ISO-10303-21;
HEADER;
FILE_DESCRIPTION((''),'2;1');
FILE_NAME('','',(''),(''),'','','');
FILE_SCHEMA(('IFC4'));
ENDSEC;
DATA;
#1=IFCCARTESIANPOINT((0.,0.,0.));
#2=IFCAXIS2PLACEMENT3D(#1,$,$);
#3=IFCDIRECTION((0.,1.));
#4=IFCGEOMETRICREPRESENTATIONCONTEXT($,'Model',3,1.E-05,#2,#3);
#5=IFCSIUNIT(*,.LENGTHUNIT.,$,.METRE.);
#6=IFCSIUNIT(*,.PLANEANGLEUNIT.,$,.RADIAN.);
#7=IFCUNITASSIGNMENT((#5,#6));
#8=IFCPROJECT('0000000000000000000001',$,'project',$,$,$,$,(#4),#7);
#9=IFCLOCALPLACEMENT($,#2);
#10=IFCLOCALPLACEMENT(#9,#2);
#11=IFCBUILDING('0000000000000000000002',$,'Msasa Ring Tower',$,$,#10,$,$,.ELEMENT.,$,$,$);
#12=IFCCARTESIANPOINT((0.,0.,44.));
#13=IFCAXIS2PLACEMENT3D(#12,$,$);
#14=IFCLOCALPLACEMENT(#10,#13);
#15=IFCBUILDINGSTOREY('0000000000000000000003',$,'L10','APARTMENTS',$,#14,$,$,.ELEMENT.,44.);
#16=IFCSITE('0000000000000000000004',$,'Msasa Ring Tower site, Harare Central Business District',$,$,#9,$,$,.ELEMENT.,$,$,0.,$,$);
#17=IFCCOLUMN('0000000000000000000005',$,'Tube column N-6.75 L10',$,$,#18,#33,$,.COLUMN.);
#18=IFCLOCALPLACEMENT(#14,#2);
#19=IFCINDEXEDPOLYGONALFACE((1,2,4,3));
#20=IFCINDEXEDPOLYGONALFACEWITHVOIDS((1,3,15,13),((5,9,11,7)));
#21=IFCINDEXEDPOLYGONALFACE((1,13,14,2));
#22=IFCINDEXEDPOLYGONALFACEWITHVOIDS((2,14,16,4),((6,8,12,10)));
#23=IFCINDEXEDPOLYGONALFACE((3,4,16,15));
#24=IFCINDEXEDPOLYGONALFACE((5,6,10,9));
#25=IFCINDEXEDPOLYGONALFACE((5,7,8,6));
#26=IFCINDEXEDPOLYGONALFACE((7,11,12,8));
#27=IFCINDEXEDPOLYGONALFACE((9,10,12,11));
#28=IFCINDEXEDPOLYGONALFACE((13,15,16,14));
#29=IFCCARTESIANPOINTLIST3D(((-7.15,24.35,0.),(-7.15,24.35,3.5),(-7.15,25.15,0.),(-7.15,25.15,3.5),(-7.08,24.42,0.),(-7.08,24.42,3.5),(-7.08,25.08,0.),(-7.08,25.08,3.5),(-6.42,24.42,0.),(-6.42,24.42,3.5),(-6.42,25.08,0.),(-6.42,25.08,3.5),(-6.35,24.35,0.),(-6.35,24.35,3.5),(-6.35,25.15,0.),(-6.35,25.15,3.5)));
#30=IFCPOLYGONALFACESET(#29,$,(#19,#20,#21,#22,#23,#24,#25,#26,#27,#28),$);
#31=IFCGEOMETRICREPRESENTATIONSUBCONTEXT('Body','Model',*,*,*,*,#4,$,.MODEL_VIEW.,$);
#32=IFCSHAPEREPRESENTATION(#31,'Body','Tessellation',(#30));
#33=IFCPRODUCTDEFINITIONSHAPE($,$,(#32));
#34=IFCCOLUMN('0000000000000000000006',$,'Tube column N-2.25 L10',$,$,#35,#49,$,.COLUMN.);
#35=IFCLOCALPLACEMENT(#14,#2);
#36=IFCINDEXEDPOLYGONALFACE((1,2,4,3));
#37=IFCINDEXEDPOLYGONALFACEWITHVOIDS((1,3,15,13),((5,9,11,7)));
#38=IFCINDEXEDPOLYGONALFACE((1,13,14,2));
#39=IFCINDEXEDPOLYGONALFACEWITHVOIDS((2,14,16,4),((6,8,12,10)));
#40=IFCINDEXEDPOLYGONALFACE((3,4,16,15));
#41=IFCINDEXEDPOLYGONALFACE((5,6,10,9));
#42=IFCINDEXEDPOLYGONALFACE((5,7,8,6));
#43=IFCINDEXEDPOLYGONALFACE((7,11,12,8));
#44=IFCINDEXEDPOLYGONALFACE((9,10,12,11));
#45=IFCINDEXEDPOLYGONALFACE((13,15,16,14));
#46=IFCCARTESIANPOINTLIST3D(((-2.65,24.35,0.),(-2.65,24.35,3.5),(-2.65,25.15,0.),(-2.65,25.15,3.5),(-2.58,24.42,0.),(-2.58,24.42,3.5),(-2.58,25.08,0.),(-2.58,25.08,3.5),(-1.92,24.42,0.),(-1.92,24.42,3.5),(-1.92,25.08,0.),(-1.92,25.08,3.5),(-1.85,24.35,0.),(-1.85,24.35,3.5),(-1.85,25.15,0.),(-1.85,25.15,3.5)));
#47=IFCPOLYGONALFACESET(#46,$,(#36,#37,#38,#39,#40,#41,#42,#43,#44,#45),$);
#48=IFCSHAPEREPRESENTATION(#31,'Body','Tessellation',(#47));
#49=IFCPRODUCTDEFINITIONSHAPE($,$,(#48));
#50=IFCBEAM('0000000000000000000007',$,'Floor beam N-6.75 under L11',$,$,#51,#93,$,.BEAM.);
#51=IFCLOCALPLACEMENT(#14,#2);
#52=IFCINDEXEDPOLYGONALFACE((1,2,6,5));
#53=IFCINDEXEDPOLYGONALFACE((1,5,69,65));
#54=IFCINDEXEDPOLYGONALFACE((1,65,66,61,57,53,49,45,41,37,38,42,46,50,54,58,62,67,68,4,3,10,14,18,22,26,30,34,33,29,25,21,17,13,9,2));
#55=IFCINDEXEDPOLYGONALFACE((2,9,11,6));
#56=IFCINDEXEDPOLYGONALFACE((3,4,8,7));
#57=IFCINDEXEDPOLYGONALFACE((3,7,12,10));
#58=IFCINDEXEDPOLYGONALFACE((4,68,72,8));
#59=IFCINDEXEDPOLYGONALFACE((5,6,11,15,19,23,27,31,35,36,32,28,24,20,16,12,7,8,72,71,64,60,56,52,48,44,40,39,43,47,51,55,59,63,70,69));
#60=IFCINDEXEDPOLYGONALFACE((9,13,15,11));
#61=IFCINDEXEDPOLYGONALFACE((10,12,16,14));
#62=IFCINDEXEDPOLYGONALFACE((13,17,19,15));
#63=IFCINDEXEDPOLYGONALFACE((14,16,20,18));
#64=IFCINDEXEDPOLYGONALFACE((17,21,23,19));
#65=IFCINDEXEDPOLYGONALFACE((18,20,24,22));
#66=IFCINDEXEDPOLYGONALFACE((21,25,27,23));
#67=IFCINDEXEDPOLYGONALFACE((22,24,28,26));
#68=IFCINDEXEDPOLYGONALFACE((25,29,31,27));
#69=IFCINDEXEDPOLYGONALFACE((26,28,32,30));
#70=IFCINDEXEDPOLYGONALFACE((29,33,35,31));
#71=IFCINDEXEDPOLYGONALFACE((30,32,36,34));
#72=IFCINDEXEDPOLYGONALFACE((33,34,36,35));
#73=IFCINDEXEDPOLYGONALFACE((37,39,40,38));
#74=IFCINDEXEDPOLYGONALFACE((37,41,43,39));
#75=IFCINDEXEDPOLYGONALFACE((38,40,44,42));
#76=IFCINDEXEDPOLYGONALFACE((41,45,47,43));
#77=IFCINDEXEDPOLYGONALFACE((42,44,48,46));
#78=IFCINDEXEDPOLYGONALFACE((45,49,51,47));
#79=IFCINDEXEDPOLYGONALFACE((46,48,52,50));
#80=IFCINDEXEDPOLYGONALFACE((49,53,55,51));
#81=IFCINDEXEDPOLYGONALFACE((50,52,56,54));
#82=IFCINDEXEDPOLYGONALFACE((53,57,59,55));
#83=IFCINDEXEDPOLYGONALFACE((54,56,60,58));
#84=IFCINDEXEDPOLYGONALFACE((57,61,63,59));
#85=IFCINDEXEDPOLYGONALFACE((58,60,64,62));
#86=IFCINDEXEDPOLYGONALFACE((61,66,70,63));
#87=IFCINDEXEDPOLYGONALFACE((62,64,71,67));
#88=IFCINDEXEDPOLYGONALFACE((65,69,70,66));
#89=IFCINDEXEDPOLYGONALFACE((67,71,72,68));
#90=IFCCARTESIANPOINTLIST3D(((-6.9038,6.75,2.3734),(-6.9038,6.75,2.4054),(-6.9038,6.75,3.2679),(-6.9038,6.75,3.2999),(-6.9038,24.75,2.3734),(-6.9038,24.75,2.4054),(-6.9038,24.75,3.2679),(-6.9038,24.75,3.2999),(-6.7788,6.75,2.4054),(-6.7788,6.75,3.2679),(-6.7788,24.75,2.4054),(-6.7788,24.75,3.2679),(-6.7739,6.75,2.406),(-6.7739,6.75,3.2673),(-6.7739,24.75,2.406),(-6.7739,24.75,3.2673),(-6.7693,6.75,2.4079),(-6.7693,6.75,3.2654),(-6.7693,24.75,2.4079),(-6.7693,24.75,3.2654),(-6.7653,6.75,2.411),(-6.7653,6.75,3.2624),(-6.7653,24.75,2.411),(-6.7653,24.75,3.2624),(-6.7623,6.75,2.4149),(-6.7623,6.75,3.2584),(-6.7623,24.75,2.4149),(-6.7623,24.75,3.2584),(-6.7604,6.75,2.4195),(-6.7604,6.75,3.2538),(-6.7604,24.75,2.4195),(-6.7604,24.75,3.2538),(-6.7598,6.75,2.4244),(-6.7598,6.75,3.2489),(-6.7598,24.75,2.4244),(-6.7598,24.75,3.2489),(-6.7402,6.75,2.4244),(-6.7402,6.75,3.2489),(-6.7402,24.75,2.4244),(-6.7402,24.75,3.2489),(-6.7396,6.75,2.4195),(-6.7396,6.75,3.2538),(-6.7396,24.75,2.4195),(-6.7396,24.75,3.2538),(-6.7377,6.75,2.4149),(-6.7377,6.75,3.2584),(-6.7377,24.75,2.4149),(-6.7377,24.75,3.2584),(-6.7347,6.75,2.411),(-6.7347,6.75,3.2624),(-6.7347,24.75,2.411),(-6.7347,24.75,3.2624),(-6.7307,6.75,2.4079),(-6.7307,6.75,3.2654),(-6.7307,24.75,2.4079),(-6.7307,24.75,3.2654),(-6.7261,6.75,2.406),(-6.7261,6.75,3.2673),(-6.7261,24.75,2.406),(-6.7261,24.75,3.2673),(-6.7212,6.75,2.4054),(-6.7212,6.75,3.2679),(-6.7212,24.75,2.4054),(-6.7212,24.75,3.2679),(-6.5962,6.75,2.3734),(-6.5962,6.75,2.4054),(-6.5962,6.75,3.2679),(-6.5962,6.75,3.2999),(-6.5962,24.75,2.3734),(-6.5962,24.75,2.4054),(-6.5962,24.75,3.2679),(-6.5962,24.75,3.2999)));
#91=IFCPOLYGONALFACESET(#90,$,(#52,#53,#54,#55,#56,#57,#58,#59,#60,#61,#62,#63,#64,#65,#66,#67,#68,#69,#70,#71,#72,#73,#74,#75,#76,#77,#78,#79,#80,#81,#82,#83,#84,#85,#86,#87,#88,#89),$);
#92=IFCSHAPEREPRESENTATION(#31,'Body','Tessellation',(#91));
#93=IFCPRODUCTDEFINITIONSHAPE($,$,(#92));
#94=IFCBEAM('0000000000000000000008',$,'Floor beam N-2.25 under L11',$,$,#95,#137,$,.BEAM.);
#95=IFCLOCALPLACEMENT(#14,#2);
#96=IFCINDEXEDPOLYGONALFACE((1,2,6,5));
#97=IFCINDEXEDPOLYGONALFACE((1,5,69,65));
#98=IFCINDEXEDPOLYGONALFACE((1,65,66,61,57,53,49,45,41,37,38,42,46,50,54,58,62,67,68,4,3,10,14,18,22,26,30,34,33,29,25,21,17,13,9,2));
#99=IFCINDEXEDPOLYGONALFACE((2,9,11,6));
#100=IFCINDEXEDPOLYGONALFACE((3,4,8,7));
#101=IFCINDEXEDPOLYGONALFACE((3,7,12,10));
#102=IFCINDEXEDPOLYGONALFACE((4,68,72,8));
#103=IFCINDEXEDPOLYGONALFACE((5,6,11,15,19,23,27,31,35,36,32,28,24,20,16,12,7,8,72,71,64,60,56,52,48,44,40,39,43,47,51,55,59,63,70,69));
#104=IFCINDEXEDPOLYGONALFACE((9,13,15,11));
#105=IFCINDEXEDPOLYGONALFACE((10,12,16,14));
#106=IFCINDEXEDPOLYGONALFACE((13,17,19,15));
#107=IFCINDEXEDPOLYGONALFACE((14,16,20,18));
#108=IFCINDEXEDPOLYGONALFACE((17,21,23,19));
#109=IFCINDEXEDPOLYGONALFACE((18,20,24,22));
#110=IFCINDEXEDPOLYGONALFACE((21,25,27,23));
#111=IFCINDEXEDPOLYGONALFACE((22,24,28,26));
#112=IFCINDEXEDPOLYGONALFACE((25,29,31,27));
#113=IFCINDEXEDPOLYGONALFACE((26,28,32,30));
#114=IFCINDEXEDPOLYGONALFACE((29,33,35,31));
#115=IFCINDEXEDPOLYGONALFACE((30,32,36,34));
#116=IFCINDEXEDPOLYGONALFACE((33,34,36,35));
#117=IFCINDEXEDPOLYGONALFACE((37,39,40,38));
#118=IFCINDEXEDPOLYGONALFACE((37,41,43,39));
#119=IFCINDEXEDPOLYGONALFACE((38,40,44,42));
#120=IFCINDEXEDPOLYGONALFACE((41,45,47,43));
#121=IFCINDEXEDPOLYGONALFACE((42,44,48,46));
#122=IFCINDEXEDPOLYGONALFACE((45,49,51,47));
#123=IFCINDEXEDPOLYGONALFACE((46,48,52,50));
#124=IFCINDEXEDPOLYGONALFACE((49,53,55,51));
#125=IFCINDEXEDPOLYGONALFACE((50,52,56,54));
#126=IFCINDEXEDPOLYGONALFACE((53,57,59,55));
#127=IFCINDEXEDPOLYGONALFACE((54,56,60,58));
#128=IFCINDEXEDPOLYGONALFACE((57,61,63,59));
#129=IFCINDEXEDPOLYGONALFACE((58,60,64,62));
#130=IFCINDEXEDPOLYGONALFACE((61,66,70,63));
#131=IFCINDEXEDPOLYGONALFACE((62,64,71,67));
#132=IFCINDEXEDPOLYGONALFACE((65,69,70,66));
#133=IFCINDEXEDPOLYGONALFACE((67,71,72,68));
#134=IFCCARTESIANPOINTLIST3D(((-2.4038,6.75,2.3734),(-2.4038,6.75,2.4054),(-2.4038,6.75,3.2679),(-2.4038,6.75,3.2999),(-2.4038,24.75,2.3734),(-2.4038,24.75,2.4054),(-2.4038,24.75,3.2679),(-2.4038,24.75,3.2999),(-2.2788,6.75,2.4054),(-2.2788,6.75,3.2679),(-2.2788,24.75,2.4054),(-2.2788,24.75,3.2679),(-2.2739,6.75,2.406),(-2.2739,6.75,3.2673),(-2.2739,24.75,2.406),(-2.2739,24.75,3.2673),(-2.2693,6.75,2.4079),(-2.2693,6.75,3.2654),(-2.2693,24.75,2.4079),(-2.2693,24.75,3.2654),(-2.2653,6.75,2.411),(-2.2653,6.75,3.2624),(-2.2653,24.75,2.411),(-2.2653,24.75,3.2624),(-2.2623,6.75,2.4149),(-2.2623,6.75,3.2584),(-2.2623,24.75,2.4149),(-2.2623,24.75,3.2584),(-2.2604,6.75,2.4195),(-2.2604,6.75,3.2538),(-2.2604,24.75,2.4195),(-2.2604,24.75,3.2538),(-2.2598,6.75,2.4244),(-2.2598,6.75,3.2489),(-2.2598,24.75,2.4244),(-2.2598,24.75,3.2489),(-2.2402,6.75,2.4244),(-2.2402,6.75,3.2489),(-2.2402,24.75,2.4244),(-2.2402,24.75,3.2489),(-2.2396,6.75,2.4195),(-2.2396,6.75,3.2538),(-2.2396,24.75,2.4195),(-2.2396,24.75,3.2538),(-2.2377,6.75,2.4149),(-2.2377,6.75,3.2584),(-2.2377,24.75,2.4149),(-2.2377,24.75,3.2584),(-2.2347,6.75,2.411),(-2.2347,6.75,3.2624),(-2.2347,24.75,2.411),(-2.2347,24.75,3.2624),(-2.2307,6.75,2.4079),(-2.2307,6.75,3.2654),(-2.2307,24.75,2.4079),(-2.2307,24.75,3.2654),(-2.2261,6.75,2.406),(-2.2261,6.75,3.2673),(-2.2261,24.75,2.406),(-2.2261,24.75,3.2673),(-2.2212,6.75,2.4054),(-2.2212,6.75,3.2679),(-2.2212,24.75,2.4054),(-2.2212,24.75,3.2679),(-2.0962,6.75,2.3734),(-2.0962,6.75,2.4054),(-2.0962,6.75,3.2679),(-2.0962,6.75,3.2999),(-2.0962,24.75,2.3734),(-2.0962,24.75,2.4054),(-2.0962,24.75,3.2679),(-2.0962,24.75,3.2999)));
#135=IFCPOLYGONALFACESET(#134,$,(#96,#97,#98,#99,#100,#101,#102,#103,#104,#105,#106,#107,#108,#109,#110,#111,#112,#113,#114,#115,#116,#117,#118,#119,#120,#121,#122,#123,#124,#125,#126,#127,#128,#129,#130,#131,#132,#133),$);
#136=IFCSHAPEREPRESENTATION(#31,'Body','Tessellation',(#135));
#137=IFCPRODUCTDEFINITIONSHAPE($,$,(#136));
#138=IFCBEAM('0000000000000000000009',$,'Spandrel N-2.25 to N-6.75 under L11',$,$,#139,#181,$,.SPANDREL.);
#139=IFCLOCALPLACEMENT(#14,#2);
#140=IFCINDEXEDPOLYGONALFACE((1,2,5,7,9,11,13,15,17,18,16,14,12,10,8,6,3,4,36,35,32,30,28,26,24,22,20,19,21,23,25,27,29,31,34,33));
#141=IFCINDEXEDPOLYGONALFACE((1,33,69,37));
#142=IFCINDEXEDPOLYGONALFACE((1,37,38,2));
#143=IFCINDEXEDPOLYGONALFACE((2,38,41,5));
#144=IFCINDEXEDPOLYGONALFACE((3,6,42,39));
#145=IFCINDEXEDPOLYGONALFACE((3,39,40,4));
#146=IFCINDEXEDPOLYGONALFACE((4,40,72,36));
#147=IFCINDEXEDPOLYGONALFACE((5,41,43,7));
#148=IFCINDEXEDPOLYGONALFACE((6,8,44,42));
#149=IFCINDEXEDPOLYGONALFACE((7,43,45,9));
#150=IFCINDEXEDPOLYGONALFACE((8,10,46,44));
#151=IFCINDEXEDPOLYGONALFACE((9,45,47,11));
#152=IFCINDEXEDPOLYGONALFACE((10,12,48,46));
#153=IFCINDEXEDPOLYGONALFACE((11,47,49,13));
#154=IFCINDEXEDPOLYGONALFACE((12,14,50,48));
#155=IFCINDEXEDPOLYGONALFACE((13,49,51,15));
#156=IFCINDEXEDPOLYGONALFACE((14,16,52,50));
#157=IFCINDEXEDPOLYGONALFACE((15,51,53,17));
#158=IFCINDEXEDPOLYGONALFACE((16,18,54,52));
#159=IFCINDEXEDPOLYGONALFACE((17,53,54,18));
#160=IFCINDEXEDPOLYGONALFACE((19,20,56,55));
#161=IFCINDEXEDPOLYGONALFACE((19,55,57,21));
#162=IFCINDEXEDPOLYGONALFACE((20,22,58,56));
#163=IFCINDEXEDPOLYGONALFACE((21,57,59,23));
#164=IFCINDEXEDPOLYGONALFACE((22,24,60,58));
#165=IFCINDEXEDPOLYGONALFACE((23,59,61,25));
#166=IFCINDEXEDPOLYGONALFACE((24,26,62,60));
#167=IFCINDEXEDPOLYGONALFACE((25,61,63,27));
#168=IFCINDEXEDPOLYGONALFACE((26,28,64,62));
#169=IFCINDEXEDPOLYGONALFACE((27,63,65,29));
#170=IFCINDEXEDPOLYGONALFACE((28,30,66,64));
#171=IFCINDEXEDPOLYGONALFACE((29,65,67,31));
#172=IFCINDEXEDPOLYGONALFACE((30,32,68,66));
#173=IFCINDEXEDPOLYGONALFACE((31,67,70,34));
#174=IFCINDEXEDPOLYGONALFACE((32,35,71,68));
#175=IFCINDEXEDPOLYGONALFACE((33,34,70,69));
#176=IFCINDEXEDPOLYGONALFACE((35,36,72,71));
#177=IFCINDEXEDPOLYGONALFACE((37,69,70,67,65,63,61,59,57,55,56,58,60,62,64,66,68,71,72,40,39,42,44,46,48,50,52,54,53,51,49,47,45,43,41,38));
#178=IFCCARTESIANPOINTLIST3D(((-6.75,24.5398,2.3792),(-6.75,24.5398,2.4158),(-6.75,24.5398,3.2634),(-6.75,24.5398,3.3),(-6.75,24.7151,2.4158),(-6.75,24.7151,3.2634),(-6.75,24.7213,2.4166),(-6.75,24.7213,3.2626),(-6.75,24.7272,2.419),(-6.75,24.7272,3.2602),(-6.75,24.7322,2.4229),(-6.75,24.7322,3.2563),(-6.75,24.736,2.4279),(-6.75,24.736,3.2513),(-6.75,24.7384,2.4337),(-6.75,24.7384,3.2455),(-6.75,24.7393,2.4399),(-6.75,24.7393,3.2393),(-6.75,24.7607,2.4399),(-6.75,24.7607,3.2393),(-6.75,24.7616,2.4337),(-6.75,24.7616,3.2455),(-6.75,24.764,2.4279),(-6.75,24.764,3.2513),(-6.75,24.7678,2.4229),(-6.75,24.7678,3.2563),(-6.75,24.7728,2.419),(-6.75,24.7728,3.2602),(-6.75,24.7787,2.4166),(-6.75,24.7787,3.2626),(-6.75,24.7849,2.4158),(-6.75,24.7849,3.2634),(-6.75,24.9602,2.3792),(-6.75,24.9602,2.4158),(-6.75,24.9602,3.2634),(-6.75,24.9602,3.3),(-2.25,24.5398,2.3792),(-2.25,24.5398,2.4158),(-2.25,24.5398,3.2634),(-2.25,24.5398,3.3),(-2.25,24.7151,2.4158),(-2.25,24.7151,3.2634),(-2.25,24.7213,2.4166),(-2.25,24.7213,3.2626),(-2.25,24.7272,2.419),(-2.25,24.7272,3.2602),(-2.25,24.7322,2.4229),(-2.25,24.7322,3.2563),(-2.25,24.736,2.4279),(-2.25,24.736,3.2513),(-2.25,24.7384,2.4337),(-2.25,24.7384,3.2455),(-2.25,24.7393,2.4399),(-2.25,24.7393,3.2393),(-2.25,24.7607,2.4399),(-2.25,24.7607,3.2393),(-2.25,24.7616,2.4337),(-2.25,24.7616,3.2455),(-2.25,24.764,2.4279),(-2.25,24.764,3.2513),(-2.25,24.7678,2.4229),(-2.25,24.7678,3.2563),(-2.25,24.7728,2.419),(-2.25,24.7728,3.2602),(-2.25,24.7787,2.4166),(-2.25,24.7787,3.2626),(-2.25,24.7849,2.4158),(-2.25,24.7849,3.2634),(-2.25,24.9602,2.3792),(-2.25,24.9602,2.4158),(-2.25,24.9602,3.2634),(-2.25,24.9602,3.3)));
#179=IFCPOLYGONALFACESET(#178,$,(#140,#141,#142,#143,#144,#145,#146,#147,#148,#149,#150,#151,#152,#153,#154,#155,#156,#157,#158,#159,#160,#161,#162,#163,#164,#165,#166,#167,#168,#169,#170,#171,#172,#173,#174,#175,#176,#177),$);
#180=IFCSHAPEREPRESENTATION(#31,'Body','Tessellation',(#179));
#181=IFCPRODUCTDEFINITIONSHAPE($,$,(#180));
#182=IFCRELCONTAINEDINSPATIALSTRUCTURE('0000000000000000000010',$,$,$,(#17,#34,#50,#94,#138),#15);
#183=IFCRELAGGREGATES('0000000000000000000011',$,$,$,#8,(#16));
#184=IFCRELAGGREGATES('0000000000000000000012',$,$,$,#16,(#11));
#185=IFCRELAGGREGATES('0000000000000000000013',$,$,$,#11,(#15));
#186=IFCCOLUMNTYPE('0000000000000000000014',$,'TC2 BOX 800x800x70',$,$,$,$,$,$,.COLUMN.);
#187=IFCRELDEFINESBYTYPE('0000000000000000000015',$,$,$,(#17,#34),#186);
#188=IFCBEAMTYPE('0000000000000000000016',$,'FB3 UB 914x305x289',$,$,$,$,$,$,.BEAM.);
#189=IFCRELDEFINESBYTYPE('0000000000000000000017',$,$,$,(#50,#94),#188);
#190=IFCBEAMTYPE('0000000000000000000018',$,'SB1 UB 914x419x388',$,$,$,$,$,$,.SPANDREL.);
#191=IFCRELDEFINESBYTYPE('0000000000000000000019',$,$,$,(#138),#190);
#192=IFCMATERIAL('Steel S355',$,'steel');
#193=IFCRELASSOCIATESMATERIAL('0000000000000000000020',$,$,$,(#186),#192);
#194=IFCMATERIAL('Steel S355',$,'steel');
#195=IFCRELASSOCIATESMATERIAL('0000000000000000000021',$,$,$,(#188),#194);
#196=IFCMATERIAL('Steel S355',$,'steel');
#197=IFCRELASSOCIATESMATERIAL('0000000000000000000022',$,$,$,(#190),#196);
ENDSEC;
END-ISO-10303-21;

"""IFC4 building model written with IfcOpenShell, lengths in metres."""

from ifc_helpers import new_model, si_unit, direction, frame, origin, origin_2d, place, context, subcontext, project, spatial, hollow_rectangle, i_section, extrude, material, material_profile, profile_set, type_object, element, save


model = new_model("IFC4")

# Units and contexts
model_context = context("Model", 3, precision=1e-05, world=origin(), true_north=direction((0.0, 1.0)))
body_context = subcontext(model_context, "Body", "Model", "MODEL_VIEW")
ifc_project = project(units=[si_unit("LENGTHUNIT", "METRE"), si_unit("PLANEANGLEUNIT", "RADIAN")], contexts=[model_context])

# Site, building, storey
site_placement = place(None, origin())
site = spatial("IfcSite", under=ifc_project, at=site_placement, Name="Msasa Ring Tower site, Harare Central Business District", CompositionType="ELEMENT", RefElevation=0.0)
building_placement = place(site_placement, origin())
building = spatial("IfcBuilding", under=site, at=building_placement, Name="Msasa Ring Tower", CompositionType="ELEMENT")
storey_placement = place(building_placement, frame((0.0, 0.0, 44.0)))
storey = spatial("IfcBuildingStorey", under=building, at=storey_placement, Name="L10", Description="APARTMENTS", CompositionType="ELEMENT", Elevation=44.0)

# Columns
ifc_material_1 = material(Name="Steel S355", Category="steel")
ifc_material_profile_1 = material_profile(ifc_material_1, hollow_rectangle(XDim=0.8, YDim=0.8, WallThickness=0.0701, at=origin_2d()), Name="BOX 800x800x70")
ifc_profile_set_1 = profile_set([ifc_material_profile_1], Name="Steel S355")
column_type = type_object("IfcColumnType", Name="TC2 BOX 800x800x70", PredefinedType="COLUMN", material=ifc_profile_set_1)
for number, where, z_axis, x_axis, name in (
    (1, (-6.75, 24.75, 0.0), (0.0, 0.0, 1.0), (0.0, 1.0, 0.0), "Tube column N-6.75 L10"),
    (2, (-2.25, 24.75, 0.0), (0.0, 0.0, 1.0), (0.0, 1.0, 0.0), "Tube column N-2.25 L10"),
):
    element("IfcColumn", number, at=place(storey_placement, frame(where, z_axis=z_axis, x_axis=x_axis)), inside=storey, type_object=column_type, Name=name, PredefinedType="COLUMN", context=body_context, shape_type="SweptSolid", body=[
        extrude(hollow_rectangle(XDim=0.8, YDim=0.8, WallThickness=0.0701, at=origin_2d()), origin(), (0.0, 0.0, 1.0), 3.5),
    ])

# Beams
ifc_material_2 = material(Name="Steel S355", Category="steel")
ifc_material_profile_2 = material_profile(ifc_material_2, i_section(OverallWidth=0.3076, OverallDepth=0.9265, WebThickness=0.0195, FlangeThickness=0.032, FilletRadius=0.019, at=origin_2d()), Name="UB 914x305x289")
ifc_profile_set_2 = profile_set([ifc_material_profile_2], Name="Steel S355")
beam_type_1 = type_object("IfcBeamType", Name="FB3 UB 914x305x289", PredefinedType="BEAM", material=ifc_profile_set_2)
for number, where, z_axis, x_axis, name in (
    (3, (-6.75, 24.75, 2.8367), (0.0, -1.0, 0.0), (1.0, 0.0, 0.0), "Floor beam N-6.75 under L11"),
    (4, (-2.25, 24.75, 2.8367), (0.0, -1.0, 0.0), (1.0, 0.0, 0.0), "Floor beam N-2.25 under L11"),
):
    element("IfcBeam", number, at=place(storey_placement, frame(where, z_axis=z_axis, x_axis=x_axis)), inside=storey, type_object=beam_type_1, Name=name, PredefinedType="BEAM", context=body_context, shape_type="SweptSolid", body=[
        extrude(i_section(OverallWidth=0.3076, OverallDepth=0.9265, WebThickness=0.0195, FlangeThickness=0.032, FilletRadius=0.019, at=origin_2d()), origin(), (0.0, 0.0, 1.0), 18.0),
    ])
ifc_material_3 = material(Name="Steel S355", Category="steel")
ifc_material_profile_3 = material_profile(ifc_material_3, i_section(OverallWidth=0.4204, OverallDepth=0.9209, WebThickness=0.0215, FlangeThickness=0.0366, FilletRadius=0.0242, at=origin_2d()), Name="UB 914x419x388")
ifc_profile_set_3 = profile_set([ifc_material_profile_3], Name="Steel S355")
beam_type_2 = type_object("IfcBeamType", Name="SB1 UB 914x419x388", PredefinedType="SPANDREL", material=ifc_profile_set_3)
for number, where, z_axis, x_axis, name in (
    (5, (-2.25, 24.75, 2.8396), (-1.0, 0.0, 0.0), (0.0, -1.0, 0.0), "Spandrel N-2.25 to N-6.75 under L11"),
):
    element("IfcBeam", number, at=place(storey_placement, frame(where, z_axis=z_axis, x_axis=x_axis)), inside=storey, type_object=beam_type_2, Name=name, PredefinedType="SPANDREL", context=body_context, shape_type="SweptSolid", body=[
        extrude(i_section(OverallWidth=0.4204, OverallDepth=0.9209, WebThickness=0.0215, FlangeThickness=0.0366, FilletRadius=0.0242, at=origin_2d()), origin(), (0.0, 0.0, 1.0), 4.5),
    ])

save(model, "model.ifc")
